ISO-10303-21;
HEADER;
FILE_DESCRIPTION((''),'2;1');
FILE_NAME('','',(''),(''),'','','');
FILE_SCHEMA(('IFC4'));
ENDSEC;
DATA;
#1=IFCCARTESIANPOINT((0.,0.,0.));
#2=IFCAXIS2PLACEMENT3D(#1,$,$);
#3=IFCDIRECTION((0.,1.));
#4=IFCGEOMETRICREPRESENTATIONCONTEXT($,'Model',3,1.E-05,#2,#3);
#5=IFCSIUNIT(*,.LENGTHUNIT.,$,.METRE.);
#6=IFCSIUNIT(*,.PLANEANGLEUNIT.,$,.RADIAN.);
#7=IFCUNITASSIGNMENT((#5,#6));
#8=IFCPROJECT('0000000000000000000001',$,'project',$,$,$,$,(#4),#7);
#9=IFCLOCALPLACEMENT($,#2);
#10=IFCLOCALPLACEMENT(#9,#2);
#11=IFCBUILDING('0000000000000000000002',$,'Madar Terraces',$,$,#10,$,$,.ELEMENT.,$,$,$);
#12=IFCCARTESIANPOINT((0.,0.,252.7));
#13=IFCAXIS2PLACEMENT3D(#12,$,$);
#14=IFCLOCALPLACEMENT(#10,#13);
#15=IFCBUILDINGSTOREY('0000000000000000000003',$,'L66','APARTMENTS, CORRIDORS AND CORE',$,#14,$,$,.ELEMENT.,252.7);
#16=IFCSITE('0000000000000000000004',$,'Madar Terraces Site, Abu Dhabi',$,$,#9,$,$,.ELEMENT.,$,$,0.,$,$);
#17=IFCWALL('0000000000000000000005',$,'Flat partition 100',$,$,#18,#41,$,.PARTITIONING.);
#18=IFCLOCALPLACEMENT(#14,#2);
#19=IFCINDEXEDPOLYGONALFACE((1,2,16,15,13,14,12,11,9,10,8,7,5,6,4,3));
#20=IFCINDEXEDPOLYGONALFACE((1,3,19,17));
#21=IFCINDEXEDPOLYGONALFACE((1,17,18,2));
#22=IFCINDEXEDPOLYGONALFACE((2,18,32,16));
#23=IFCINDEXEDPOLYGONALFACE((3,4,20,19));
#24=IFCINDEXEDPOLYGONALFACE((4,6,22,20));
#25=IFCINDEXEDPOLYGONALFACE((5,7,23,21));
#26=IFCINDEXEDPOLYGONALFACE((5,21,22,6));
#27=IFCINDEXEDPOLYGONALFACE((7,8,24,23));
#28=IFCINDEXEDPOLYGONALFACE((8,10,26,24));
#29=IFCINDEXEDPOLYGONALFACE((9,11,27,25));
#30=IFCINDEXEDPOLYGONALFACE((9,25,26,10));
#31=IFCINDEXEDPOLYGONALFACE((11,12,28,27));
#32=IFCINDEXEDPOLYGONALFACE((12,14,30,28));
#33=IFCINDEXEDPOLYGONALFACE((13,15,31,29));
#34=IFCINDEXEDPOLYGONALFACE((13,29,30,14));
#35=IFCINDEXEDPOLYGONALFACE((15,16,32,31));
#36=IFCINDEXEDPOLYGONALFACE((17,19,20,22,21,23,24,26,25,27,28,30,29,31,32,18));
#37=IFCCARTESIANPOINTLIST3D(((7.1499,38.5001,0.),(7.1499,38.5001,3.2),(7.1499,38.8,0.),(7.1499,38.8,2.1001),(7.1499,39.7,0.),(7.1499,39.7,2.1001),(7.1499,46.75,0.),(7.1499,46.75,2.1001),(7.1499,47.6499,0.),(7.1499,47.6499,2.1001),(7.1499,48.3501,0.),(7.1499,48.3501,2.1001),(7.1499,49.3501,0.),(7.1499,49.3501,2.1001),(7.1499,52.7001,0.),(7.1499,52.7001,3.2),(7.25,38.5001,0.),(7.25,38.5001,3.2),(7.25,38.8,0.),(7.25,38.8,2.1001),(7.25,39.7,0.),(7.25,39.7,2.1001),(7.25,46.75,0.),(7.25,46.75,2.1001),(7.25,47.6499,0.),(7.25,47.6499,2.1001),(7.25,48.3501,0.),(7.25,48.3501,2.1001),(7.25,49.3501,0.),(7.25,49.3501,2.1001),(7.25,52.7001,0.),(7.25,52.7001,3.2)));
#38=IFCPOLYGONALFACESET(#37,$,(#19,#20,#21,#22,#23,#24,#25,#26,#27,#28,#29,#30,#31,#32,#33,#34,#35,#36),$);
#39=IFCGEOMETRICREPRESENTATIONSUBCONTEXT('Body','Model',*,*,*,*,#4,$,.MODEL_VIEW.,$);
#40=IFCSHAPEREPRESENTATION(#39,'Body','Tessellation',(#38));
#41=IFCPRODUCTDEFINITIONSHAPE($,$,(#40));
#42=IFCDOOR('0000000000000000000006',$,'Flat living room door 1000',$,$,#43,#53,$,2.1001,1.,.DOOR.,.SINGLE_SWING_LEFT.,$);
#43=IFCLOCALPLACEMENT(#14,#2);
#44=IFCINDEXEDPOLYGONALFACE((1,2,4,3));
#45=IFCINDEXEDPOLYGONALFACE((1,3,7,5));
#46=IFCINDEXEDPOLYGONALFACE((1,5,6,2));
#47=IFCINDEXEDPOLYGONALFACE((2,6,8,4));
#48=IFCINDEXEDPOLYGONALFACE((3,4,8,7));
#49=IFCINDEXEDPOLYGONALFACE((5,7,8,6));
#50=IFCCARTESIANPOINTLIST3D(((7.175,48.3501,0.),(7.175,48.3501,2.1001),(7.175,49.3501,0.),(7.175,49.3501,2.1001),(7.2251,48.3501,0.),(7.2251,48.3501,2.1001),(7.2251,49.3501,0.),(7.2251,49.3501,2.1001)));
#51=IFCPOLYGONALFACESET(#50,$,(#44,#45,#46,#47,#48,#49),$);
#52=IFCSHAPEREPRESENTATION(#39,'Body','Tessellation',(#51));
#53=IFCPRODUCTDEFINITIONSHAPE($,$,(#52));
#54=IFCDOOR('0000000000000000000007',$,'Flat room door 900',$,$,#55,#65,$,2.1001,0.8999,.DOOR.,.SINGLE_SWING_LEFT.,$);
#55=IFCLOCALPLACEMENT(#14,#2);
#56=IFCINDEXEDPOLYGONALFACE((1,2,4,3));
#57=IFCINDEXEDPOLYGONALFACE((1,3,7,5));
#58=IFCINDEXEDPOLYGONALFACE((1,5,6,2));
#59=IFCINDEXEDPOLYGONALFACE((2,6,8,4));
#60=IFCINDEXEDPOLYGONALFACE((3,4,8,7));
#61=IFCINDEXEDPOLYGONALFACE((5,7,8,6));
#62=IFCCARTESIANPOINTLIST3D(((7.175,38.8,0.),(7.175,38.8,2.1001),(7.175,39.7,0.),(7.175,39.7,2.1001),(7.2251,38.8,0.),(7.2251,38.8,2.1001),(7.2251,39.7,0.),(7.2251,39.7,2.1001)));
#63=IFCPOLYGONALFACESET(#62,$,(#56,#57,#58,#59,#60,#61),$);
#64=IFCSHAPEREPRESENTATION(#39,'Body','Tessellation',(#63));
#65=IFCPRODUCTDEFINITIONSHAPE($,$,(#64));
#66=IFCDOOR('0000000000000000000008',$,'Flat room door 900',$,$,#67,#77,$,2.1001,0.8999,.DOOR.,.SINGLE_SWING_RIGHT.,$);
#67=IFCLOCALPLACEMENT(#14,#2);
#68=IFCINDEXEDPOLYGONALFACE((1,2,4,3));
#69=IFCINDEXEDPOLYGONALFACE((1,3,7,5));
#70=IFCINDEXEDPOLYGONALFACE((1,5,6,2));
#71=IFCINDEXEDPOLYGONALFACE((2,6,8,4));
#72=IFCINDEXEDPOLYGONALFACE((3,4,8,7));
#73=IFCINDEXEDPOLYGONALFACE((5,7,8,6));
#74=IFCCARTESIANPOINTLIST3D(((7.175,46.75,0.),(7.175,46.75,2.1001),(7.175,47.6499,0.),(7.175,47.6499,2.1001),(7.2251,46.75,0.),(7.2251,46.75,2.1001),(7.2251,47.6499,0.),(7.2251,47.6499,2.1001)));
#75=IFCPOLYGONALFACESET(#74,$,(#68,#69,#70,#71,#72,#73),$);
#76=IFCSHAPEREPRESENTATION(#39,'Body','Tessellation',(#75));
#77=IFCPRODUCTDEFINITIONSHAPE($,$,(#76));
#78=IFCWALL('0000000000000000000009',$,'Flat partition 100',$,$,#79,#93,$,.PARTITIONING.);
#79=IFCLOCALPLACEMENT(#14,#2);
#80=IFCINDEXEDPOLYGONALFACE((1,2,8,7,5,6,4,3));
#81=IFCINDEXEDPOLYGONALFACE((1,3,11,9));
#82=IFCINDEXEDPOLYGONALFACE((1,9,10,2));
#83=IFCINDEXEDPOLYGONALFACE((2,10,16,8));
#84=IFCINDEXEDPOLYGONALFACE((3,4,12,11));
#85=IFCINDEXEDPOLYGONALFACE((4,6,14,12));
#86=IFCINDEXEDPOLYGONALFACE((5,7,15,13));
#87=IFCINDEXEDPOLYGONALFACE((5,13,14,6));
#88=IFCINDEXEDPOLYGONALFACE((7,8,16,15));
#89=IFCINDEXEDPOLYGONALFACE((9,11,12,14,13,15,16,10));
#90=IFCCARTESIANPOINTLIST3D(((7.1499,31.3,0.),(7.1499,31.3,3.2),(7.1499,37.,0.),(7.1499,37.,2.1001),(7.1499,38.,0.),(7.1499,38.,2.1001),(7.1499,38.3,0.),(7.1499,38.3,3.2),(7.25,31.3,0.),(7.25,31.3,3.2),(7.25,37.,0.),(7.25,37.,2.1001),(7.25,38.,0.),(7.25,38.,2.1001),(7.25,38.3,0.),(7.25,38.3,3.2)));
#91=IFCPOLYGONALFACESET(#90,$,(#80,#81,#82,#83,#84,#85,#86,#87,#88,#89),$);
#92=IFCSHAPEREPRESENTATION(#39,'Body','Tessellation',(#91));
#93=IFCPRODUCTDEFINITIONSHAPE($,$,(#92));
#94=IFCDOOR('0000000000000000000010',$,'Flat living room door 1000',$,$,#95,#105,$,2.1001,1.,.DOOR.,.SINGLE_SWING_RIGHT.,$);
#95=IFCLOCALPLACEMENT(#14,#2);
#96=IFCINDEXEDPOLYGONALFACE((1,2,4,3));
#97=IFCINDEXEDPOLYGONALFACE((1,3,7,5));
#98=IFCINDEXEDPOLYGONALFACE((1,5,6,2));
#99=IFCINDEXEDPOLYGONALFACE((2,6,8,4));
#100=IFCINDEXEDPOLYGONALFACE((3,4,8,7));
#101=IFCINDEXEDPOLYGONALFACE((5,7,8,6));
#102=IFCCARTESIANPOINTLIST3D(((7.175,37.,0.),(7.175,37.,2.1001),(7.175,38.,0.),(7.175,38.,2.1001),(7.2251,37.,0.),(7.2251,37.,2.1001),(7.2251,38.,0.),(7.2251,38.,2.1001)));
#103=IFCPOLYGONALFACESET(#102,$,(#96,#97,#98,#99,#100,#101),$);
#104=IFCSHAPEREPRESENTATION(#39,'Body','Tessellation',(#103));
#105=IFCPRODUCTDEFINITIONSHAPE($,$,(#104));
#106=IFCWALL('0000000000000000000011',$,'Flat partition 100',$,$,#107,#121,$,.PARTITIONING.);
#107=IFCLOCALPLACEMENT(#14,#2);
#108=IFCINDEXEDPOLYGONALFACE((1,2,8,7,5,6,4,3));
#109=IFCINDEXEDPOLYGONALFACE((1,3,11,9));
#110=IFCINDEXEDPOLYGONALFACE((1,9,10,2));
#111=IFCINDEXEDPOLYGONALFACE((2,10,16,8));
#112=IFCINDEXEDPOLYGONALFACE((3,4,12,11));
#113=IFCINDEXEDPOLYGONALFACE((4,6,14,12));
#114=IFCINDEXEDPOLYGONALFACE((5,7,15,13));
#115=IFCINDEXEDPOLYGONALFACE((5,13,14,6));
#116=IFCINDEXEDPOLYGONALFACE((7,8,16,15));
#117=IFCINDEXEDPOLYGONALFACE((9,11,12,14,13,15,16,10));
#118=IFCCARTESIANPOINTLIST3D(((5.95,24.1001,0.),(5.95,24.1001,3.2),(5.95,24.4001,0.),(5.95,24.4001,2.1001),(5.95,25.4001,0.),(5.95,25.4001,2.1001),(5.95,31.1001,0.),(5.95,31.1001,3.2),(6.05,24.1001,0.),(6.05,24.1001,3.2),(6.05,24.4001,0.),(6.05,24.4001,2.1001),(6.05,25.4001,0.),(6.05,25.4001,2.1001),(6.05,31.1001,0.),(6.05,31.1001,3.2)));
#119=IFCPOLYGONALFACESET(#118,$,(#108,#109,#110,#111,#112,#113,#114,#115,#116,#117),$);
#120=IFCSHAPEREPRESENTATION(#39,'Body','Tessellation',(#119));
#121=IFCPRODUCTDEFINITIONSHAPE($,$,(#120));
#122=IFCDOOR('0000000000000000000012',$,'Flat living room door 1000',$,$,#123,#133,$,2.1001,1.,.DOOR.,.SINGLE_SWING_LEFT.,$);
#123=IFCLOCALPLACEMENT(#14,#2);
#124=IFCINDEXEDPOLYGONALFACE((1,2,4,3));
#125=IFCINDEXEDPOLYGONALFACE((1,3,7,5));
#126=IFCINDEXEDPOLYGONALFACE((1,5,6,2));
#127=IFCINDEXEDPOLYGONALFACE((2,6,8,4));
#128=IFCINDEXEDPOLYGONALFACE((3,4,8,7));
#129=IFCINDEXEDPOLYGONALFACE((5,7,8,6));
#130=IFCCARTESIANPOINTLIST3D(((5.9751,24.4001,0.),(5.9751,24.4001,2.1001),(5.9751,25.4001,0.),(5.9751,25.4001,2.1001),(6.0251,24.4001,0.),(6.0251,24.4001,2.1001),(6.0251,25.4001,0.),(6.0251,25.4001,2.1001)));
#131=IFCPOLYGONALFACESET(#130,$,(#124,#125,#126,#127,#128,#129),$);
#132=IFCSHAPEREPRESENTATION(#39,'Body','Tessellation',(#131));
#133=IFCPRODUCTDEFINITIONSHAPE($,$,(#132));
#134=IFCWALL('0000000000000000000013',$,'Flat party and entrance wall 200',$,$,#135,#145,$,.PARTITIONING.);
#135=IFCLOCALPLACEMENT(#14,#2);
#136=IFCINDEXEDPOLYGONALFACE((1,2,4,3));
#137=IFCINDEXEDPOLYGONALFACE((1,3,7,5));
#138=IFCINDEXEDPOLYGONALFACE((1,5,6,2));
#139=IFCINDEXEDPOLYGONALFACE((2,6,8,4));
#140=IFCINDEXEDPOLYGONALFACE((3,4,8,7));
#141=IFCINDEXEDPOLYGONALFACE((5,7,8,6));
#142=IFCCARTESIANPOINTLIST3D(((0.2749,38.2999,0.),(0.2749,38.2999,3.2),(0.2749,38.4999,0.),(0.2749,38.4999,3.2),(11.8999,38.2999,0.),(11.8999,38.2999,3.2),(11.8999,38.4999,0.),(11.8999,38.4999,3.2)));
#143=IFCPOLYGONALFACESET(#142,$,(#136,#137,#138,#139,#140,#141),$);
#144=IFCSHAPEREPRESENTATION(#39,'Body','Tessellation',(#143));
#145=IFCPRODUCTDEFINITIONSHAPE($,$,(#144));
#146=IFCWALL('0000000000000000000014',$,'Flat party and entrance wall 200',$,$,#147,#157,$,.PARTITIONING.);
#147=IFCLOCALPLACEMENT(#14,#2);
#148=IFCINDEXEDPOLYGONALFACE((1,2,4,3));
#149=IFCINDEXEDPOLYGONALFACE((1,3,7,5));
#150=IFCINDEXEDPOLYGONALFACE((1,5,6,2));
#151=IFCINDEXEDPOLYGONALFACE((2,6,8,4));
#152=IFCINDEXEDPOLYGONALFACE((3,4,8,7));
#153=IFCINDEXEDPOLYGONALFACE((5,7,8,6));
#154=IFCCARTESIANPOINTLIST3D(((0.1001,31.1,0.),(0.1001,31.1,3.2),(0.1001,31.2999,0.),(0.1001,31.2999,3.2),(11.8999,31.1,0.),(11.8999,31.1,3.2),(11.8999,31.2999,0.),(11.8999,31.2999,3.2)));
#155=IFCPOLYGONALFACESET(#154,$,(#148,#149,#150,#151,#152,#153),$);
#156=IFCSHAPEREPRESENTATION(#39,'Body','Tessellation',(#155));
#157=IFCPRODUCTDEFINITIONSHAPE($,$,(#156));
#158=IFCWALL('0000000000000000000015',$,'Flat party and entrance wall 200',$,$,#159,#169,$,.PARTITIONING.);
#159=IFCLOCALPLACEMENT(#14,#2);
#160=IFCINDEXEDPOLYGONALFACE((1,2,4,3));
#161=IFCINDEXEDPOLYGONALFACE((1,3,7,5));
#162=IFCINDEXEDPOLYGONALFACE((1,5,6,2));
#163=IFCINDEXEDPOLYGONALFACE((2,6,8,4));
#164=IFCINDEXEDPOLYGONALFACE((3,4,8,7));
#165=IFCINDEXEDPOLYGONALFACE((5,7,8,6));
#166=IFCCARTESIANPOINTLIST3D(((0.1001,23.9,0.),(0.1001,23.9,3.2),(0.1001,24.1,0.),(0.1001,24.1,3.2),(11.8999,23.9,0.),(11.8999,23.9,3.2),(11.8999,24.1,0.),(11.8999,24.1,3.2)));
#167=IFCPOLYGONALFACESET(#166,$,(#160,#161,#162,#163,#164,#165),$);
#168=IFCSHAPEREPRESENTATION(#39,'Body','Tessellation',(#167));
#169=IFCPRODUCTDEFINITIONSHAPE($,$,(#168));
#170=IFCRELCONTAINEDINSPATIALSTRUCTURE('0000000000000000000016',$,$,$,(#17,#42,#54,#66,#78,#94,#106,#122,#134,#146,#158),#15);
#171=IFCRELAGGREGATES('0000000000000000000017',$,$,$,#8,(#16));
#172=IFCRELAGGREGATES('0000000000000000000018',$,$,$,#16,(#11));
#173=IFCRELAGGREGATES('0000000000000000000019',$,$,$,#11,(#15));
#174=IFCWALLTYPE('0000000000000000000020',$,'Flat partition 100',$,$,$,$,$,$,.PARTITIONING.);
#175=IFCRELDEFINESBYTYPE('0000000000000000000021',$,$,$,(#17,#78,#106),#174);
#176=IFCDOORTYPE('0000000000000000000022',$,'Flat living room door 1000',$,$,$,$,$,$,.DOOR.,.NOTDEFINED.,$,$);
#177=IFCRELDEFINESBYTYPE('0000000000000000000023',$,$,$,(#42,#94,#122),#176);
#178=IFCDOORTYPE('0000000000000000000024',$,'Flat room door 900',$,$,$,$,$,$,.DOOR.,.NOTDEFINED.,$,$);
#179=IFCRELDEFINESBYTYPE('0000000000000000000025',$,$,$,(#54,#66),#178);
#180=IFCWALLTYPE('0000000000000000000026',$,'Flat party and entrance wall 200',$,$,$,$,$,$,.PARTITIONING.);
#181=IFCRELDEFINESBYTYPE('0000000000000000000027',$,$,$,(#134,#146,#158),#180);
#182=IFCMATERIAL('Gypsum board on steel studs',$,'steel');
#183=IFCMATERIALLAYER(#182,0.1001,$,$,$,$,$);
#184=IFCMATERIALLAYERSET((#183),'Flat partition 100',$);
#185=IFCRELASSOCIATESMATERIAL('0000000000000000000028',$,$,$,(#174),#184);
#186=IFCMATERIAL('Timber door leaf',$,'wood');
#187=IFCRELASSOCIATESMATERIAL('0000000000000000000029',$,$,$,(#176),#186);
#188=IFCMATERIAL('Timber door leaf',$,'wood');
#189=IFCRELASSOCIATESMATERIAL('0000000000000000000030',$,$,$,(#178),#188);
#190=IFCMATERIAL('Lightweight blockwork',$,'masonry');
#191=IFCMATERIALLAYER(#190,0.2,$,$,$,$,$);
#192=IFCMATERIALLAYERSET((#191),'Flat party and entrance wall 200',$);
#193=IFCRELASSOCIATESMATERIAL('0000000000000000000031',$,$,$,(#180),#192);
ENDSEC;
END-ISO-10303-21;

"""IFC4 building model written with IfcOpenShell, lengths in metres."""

from ifc_helpers import new_model, si_unit, direction, frame, frame_2d, origin, place, context, subcontext, project, spatial, rectangle, extrude, material, layer, layer_set, type_object, element, fill, save


model = new_model("IFC4")

# Units and contexts
model_context = context("Model", 3, precision=1e-05, world=origin(), true_north=direction((0.0, 1.0)))
body_context = subcontext(model_context, "Body", "Model", "MODEL_VIEW")
ifc_project = project(units=[si_unit("LENGTHUNIT", "METRE"), si_unit("PLANEANGLEUNIT", "RADIAN")], contexts=[model_context])

# Site, building, storey
site_placement = place(None, origin())
site = spatial("IfcSite", under=ifc_project, at=site_placement, Name="Madar Terraces Site, Abu Dhabi", CompositionType="ELEMENT", RefElevation=0.0)
building_placement = place(site_placement, origin())
building = spatial("IfcBuilding", under=site, at=building_placement, Name="Madar Terraces", CompositionType="ELEMENT")
storey_placement = place(building_placement, frame((0.0, 0.0, 252.7)))
storey = spatial("IfcBuildingStorey", under=building, at=storey_placement, Name="L66", Description="APARTMENTS, CORRIDORS AND CORE", CompositionType="ELEMENT", Elevation=252.7)

# Wall, openings, doors
ifc_material_1 = material(Name="Gypsum board on steel studs", Category="steel")
ifc_layer_1 = layer(ifc_material_1, 0.1001)
ifc_layer_set_1 = layer_set([ifc_layer_1], Name="Flat partition 100")
wall_type_1 = type_object("IfcWallType", Name="Flat partition 100", PredefinedType="PARTITIONING", material=ifc_layer_set_1)
wall_1_placement = place(storey_placement, frame((7.2, 38.5, 0.0), z_axis=(0.0, 0.0, 1.0), x_axis=(0.0, 1.0, 0.0)))
wall_1 = element("IfcWall", 1, at=wall_1_placement, inside=storey, type_object=wall_type_1, Name="Flat partition 100", PredefinedType="PARTITIONING", context=body_context, shape_type="SweptSolid", body=[
    extrude(rectangle(XDim=14.2, YDim=0.1001, at=frame_2d((7.1001, 0.0))), origin(), (0.0, 0.0, 1.0), 3.2),
])
opening_1_placement = place(wall_1_placement, frame((0.3, 0.0, 0.0)))
opening_1 = element("IfcOpeningElement", 2, at=opening_1_placement, cuts=wall_1, PredefinedType="OPENING", context=body_context, shape_type="SweptSolid", body=[
    extrude(rectangle(XDim=0.8999, YDim=2.1001, at=frame_2d((0.45, 1.05))), frame((0.0, 0.0601, 0.0), z_axis=(0.0, -1.0, 0.0), x_axis=(1.0, 0.0, 0.0)), (0.0, 0.0, 1.0), 0.1201),
])
opening_2_placement = place(wall_1_placement, frame((8.25, 0.0, 0.0)))
opening_2 = element("IfcOpeningElement", 3, at=opening_2_placement, cuts=wall_1, PredefinedType="OPENING", context=body_context, shape_type="SweptSolid", body=[
    extrude(rectangle(XDim=0.8999, YDim=2.1001, at=frame_2d((0.45, 1.05))), frame((0.0, 0.0601, 0.0), z_axis=(0.0, -1.0, 0.0), x_axis=(1.0, 0.0, 0.0)), (0.0, 0.0, 1.0), 0.1201),
])
opening_3_placement = place(wall_1_placement, frame((9.8501, 0.0, 0.0)))
opening_3 = element("IfcOpeningElement", 4, at=opening_3_placement, cuts=wall_1, PredefinedType="OPENING", context=body_context, shape_type="SweptSolid", body=[
    extrude(rectangle(XDim=1.0, YDim=2.1001, at=frame_2d((0.5, 1.05))), frame((0.0, 0.0601, 0.0), z_axis=(0.0, -1.0, 0.0), x_axis=(1.0, 0.0, 0.0)), (0.0, 0.0, 1.0), 0.1201),
])
ifc_material_2 = material(Name="Timber door leaf", Category="wood")
door_type_1 = type_object("IfcDoorType", Name="Flat living room door 1000", OperationType="NOTDEFINED", PredefinedType="DOOR", material=ifc_material_2)
door_1_placement = place(opening_3_placement, origin())
door_1 = element("IfcDoor", 5, at=door_1_placement, inside=storey, type_object=door_type_1, Name="Flat living room door 1000", OperationType="SINGLE_SWING_LEFT", OverallHeight=2.1001, OverallWidth=1.0, PredefinedType="DOOR", context=body_context, shape_type="SweptSolid", body=[
    extrude(rectangle(XDim=1.0, YDim=2.1001, at=frame_2d((0.5, 1.05))), frame((0.0, 0.0249, 0.0), z_axis=(0.0, -1.0, 0.0), x_axis=(1.0, 0.0, 0.0)), (0.0, 0.0, 1.0), 0.05),
])
fill(opening_3, door_1)
ifc_material_3 = material(Name="Timber door leaf", Category="wood")
door_type_2 = type_object("IfcDoorType", Name="Flat room door 900", OperationType="NOTDEFINED", PredefinedType="DOOR", material=ifc_material_3)
door_2_placement = place(opening_1_placement, origin())
door_2 = element("IfcDoor", 6, at=door_2_placement, inside=storey, type_object=door_type_2, Name="Flat room door 900", OperationType="SINGLE_SWING_LEFT", OverallHeight=2.1001, OverallWidth=0.8999, PredefinedType="DOOR", context=body_context, shape_type="SweptSolid", body=[
    extrude(rectangle(XDim=0.8999, YDim=2.1001, at=frame_2d((0.45, 1.05))), frame((0.0, 0.0249, 0.0), z_axis=(0.0, -1.0, 0.0), x_axis=(1.0, 0.0, 0.0)), (0.0, 0.0, 1.0), 0.05),
])
fill(opening_1, door_2)
door_3_placement = place(opening_2_placement, origin())
door_3 = element("IfcDoor", 7, at=door_3_placement, inside=storey, type_object=door_type_2, Name="Flat room door 900", OperationType="SINGLE_SWING_RIGHT", OverallHeight=2.1001, OverallWidth=0.8999, PredefinedType="DOOR", context=body_context, shape_type="SweptSolid", body=[
    extrude(rectangle(XDim=0.8999, YDim=2.1001, at=frame_2d((0.45, 1.05))), frame((0.0, 0.0249, 0.0), z_axis=(0.0, -1.0, 0.0), x_axis=(1.0, 0.0, 0.0)), (0.0, 0.0, 1.0), 0.05),
])
fill(opening_2, door_3)

# Walls, openings, doors
wall_2_placement = place(storey_placement, frame((7.2, 31.3, 0.0), z_axis=(0.0, 0.0, 1.0), x_axis=(0.0, 1.0, 0.0)))
wall_2 = element("IfcWall", 8, at=wall_2_placement, inside=storey, type_object=wall_type_1, Name="Flat partition 100", PredefinedType="PARTITIONING", context=body_context, shape_type="SweptSolid", body=[
    extrude(rectangle(XDim=7.0, YDim=0.1001, at=frame_2d((3.5, 0.0))), origin(), (0.0, 0.0, 1.0), 3.2),
])
opening_4_placement = place(wall_2_placement, frame((5.7, 0.0, 0.0)))
opening_4 = element("IfcOpeningElement", 9, at=opening_4_placement, cuts=wall_2, PredefinedType="OPENING", context=body_context, shape_type="SweptSolid", body=[
    extrude(rectangle(XDim=1.0, YDim=2.1001, at=frame_2d((0.5, 1.05))), frame((0.0, 0.0601, 0.0), z_axis=(0.0, -1.0, 0.0), x_axis=(1.0, 0.0, 0.0)), (0.0, 0.0, 1.0), 0.1201),
])
door_4_placement = place(opening_4_placement, origin())
door_4 = element("IfcDoor", 10, at=door_4_placement, inside=storey, type_object=door_type_1, Name="Flat living room door 1000", OperationType="SINGLE_SWING_RIGHT", OverallHeight=2.1001, OverallWidth=1.0, PredefinedType="DOOR", context=body_context, shape_type="SweptSolid", body=[
    extrude(rectangle(XDim=1.0, YDim=2.1001, at=frame_2d((0.5, 1.05))), frame((0.0, 0.0249, 0.0), z_axis=(0.0, -1.0, 0.0), x_axis=(1.0, 0.0, 0.0)), (0.0, 0.0, 1.0), 0.05),
])
fill(opening_4, door_4)
wall_3_placement = place(storey_placement, frame((6.0, 24.1001, 0.0), z_axis=(0.0, 0.0, 1.0), x_axis=(0.0, 1.0, 0.0)))
wall_3 = element("IfcWall", 11, at=wall_3_placement, inside=storey, type_object=wall_type_1, Name="Flat partition 100", PredefinedType="PARTITIONING", context=body_context, shape_type="SweptSolid", body=[
    extrude(rectangle(XDim=7.0, YDim=0.1001, at=frame_2d((3.5, 0.0))), origin(), (0.0, 0.0, 1.0), 3.2),
])
opening_5_placement = place(wall_3_placement, frame((0.3, 0.0, 0.0)))
opening_5 = element("IfcOpeningElement", 12, at=opening_5_placement, cuts=wall_3, PredefinedType="OPENING", context=body_context, shape_type="SweptSolid", body=[
    extrude(rectangle(XDim=1.0, YDim=2.1001, at=frame_2d((0.5, 1.05))), frame((0.0, 0.0601, 0.0), z_axis=(0.0, -1.0, 0.0), x_axis=(1.0, 0.0, 0.0)), (0.0, 0.0, 1.0), 0.1201),
])
door_5_placement = place(opening_5_placement, origin())
door_5 = element("IfcDoor", 13, at=door_5_placement, inside=storey, type_object=door_type_1, Name="Flat living room door 1000", OperationType="SINGLE_SWING_LEFT", OverallHeight=2.1001, OverallWidth=1.0, PredefinedType="DOOR", context=body_context, shape_type="SweptSolid", body=[
    extrude(rectangle(XDim=1.0, YDim=2.1001, at=frame_2d((0.5, 1.05))), frame((0.0, 0.0249, 0.0), z_axis=(0.0, -1.0, 0.0), x_axis=(1.0, 0.0, 0.0)), (0.0, 0.0, 1.0), 0.05),
])
fill(opening_5, door_5)

# Walls
ifc_material_4 = material(Name="Lightweight blockwork", Category="masonry")
ifc_layer_2 = layer(ifc_material_4, 0.2)
ifc_layer_set_2 = layer_set([ifc_layer_2], Name="Flat party and entrance wall 200")
wall_type_2 = type_object("IfcWallType", Name="Flat party and entrance wall 200", PredefinedType="PARTITIONING", material=ifc_layer_set_2)
wall_4_placement = place(storey_placement, frame((0.2749, 38.3999, 0.0), z_axis=(0.0, 0.0, 1.0), x_axis=(1.0, 0.0, 0.0)))
element("IfcWall", 14, at=wall_4_placement, inside=storey, type_object=wall_type_2, Name="Flat party and entrance wall 200", PredefinedType="PARTITIONING", context=body_context, shape_type="SweptSolid", body=[
    extrude(rectangle(XDim=11.625, YDim=0.2, at=frame_2d((5.8125, 0.0))), origin(), (0.0, 0.0, 1.0), 3.2),
])
for number, where, z_axis, x_axis, name in (
    (15, (0.1001, 31.2, 0.0), (0.0, 0.0, 1.0), (1.0, 0.0, 0.0), "Flat party and entrance wall 200"),
    (16, (0.1001, 24.0, 0.0), (0.0, 0.0, 1.0), (1.0, 0.0, 0.0), "Flat party and entrance wall 200"),
):
    element("IfcWall", number, at=place(storey_placement, frame(where, z_axis=z_axis, x_axis=x_axis)), inside=storey, type_object=wall_type_2, Name=name, PredefinedType="PARTITIONING", context=body_context, shape_type="SweptSolid", body=[
        extrude(rectangle(XDim=11.7998, YDim=0.2, at=frame_2d((5.8999, 0.0))), origin(), (0.0, 0.0, 1.0), 3.2),
    ])

save(model, "model.ifc")
